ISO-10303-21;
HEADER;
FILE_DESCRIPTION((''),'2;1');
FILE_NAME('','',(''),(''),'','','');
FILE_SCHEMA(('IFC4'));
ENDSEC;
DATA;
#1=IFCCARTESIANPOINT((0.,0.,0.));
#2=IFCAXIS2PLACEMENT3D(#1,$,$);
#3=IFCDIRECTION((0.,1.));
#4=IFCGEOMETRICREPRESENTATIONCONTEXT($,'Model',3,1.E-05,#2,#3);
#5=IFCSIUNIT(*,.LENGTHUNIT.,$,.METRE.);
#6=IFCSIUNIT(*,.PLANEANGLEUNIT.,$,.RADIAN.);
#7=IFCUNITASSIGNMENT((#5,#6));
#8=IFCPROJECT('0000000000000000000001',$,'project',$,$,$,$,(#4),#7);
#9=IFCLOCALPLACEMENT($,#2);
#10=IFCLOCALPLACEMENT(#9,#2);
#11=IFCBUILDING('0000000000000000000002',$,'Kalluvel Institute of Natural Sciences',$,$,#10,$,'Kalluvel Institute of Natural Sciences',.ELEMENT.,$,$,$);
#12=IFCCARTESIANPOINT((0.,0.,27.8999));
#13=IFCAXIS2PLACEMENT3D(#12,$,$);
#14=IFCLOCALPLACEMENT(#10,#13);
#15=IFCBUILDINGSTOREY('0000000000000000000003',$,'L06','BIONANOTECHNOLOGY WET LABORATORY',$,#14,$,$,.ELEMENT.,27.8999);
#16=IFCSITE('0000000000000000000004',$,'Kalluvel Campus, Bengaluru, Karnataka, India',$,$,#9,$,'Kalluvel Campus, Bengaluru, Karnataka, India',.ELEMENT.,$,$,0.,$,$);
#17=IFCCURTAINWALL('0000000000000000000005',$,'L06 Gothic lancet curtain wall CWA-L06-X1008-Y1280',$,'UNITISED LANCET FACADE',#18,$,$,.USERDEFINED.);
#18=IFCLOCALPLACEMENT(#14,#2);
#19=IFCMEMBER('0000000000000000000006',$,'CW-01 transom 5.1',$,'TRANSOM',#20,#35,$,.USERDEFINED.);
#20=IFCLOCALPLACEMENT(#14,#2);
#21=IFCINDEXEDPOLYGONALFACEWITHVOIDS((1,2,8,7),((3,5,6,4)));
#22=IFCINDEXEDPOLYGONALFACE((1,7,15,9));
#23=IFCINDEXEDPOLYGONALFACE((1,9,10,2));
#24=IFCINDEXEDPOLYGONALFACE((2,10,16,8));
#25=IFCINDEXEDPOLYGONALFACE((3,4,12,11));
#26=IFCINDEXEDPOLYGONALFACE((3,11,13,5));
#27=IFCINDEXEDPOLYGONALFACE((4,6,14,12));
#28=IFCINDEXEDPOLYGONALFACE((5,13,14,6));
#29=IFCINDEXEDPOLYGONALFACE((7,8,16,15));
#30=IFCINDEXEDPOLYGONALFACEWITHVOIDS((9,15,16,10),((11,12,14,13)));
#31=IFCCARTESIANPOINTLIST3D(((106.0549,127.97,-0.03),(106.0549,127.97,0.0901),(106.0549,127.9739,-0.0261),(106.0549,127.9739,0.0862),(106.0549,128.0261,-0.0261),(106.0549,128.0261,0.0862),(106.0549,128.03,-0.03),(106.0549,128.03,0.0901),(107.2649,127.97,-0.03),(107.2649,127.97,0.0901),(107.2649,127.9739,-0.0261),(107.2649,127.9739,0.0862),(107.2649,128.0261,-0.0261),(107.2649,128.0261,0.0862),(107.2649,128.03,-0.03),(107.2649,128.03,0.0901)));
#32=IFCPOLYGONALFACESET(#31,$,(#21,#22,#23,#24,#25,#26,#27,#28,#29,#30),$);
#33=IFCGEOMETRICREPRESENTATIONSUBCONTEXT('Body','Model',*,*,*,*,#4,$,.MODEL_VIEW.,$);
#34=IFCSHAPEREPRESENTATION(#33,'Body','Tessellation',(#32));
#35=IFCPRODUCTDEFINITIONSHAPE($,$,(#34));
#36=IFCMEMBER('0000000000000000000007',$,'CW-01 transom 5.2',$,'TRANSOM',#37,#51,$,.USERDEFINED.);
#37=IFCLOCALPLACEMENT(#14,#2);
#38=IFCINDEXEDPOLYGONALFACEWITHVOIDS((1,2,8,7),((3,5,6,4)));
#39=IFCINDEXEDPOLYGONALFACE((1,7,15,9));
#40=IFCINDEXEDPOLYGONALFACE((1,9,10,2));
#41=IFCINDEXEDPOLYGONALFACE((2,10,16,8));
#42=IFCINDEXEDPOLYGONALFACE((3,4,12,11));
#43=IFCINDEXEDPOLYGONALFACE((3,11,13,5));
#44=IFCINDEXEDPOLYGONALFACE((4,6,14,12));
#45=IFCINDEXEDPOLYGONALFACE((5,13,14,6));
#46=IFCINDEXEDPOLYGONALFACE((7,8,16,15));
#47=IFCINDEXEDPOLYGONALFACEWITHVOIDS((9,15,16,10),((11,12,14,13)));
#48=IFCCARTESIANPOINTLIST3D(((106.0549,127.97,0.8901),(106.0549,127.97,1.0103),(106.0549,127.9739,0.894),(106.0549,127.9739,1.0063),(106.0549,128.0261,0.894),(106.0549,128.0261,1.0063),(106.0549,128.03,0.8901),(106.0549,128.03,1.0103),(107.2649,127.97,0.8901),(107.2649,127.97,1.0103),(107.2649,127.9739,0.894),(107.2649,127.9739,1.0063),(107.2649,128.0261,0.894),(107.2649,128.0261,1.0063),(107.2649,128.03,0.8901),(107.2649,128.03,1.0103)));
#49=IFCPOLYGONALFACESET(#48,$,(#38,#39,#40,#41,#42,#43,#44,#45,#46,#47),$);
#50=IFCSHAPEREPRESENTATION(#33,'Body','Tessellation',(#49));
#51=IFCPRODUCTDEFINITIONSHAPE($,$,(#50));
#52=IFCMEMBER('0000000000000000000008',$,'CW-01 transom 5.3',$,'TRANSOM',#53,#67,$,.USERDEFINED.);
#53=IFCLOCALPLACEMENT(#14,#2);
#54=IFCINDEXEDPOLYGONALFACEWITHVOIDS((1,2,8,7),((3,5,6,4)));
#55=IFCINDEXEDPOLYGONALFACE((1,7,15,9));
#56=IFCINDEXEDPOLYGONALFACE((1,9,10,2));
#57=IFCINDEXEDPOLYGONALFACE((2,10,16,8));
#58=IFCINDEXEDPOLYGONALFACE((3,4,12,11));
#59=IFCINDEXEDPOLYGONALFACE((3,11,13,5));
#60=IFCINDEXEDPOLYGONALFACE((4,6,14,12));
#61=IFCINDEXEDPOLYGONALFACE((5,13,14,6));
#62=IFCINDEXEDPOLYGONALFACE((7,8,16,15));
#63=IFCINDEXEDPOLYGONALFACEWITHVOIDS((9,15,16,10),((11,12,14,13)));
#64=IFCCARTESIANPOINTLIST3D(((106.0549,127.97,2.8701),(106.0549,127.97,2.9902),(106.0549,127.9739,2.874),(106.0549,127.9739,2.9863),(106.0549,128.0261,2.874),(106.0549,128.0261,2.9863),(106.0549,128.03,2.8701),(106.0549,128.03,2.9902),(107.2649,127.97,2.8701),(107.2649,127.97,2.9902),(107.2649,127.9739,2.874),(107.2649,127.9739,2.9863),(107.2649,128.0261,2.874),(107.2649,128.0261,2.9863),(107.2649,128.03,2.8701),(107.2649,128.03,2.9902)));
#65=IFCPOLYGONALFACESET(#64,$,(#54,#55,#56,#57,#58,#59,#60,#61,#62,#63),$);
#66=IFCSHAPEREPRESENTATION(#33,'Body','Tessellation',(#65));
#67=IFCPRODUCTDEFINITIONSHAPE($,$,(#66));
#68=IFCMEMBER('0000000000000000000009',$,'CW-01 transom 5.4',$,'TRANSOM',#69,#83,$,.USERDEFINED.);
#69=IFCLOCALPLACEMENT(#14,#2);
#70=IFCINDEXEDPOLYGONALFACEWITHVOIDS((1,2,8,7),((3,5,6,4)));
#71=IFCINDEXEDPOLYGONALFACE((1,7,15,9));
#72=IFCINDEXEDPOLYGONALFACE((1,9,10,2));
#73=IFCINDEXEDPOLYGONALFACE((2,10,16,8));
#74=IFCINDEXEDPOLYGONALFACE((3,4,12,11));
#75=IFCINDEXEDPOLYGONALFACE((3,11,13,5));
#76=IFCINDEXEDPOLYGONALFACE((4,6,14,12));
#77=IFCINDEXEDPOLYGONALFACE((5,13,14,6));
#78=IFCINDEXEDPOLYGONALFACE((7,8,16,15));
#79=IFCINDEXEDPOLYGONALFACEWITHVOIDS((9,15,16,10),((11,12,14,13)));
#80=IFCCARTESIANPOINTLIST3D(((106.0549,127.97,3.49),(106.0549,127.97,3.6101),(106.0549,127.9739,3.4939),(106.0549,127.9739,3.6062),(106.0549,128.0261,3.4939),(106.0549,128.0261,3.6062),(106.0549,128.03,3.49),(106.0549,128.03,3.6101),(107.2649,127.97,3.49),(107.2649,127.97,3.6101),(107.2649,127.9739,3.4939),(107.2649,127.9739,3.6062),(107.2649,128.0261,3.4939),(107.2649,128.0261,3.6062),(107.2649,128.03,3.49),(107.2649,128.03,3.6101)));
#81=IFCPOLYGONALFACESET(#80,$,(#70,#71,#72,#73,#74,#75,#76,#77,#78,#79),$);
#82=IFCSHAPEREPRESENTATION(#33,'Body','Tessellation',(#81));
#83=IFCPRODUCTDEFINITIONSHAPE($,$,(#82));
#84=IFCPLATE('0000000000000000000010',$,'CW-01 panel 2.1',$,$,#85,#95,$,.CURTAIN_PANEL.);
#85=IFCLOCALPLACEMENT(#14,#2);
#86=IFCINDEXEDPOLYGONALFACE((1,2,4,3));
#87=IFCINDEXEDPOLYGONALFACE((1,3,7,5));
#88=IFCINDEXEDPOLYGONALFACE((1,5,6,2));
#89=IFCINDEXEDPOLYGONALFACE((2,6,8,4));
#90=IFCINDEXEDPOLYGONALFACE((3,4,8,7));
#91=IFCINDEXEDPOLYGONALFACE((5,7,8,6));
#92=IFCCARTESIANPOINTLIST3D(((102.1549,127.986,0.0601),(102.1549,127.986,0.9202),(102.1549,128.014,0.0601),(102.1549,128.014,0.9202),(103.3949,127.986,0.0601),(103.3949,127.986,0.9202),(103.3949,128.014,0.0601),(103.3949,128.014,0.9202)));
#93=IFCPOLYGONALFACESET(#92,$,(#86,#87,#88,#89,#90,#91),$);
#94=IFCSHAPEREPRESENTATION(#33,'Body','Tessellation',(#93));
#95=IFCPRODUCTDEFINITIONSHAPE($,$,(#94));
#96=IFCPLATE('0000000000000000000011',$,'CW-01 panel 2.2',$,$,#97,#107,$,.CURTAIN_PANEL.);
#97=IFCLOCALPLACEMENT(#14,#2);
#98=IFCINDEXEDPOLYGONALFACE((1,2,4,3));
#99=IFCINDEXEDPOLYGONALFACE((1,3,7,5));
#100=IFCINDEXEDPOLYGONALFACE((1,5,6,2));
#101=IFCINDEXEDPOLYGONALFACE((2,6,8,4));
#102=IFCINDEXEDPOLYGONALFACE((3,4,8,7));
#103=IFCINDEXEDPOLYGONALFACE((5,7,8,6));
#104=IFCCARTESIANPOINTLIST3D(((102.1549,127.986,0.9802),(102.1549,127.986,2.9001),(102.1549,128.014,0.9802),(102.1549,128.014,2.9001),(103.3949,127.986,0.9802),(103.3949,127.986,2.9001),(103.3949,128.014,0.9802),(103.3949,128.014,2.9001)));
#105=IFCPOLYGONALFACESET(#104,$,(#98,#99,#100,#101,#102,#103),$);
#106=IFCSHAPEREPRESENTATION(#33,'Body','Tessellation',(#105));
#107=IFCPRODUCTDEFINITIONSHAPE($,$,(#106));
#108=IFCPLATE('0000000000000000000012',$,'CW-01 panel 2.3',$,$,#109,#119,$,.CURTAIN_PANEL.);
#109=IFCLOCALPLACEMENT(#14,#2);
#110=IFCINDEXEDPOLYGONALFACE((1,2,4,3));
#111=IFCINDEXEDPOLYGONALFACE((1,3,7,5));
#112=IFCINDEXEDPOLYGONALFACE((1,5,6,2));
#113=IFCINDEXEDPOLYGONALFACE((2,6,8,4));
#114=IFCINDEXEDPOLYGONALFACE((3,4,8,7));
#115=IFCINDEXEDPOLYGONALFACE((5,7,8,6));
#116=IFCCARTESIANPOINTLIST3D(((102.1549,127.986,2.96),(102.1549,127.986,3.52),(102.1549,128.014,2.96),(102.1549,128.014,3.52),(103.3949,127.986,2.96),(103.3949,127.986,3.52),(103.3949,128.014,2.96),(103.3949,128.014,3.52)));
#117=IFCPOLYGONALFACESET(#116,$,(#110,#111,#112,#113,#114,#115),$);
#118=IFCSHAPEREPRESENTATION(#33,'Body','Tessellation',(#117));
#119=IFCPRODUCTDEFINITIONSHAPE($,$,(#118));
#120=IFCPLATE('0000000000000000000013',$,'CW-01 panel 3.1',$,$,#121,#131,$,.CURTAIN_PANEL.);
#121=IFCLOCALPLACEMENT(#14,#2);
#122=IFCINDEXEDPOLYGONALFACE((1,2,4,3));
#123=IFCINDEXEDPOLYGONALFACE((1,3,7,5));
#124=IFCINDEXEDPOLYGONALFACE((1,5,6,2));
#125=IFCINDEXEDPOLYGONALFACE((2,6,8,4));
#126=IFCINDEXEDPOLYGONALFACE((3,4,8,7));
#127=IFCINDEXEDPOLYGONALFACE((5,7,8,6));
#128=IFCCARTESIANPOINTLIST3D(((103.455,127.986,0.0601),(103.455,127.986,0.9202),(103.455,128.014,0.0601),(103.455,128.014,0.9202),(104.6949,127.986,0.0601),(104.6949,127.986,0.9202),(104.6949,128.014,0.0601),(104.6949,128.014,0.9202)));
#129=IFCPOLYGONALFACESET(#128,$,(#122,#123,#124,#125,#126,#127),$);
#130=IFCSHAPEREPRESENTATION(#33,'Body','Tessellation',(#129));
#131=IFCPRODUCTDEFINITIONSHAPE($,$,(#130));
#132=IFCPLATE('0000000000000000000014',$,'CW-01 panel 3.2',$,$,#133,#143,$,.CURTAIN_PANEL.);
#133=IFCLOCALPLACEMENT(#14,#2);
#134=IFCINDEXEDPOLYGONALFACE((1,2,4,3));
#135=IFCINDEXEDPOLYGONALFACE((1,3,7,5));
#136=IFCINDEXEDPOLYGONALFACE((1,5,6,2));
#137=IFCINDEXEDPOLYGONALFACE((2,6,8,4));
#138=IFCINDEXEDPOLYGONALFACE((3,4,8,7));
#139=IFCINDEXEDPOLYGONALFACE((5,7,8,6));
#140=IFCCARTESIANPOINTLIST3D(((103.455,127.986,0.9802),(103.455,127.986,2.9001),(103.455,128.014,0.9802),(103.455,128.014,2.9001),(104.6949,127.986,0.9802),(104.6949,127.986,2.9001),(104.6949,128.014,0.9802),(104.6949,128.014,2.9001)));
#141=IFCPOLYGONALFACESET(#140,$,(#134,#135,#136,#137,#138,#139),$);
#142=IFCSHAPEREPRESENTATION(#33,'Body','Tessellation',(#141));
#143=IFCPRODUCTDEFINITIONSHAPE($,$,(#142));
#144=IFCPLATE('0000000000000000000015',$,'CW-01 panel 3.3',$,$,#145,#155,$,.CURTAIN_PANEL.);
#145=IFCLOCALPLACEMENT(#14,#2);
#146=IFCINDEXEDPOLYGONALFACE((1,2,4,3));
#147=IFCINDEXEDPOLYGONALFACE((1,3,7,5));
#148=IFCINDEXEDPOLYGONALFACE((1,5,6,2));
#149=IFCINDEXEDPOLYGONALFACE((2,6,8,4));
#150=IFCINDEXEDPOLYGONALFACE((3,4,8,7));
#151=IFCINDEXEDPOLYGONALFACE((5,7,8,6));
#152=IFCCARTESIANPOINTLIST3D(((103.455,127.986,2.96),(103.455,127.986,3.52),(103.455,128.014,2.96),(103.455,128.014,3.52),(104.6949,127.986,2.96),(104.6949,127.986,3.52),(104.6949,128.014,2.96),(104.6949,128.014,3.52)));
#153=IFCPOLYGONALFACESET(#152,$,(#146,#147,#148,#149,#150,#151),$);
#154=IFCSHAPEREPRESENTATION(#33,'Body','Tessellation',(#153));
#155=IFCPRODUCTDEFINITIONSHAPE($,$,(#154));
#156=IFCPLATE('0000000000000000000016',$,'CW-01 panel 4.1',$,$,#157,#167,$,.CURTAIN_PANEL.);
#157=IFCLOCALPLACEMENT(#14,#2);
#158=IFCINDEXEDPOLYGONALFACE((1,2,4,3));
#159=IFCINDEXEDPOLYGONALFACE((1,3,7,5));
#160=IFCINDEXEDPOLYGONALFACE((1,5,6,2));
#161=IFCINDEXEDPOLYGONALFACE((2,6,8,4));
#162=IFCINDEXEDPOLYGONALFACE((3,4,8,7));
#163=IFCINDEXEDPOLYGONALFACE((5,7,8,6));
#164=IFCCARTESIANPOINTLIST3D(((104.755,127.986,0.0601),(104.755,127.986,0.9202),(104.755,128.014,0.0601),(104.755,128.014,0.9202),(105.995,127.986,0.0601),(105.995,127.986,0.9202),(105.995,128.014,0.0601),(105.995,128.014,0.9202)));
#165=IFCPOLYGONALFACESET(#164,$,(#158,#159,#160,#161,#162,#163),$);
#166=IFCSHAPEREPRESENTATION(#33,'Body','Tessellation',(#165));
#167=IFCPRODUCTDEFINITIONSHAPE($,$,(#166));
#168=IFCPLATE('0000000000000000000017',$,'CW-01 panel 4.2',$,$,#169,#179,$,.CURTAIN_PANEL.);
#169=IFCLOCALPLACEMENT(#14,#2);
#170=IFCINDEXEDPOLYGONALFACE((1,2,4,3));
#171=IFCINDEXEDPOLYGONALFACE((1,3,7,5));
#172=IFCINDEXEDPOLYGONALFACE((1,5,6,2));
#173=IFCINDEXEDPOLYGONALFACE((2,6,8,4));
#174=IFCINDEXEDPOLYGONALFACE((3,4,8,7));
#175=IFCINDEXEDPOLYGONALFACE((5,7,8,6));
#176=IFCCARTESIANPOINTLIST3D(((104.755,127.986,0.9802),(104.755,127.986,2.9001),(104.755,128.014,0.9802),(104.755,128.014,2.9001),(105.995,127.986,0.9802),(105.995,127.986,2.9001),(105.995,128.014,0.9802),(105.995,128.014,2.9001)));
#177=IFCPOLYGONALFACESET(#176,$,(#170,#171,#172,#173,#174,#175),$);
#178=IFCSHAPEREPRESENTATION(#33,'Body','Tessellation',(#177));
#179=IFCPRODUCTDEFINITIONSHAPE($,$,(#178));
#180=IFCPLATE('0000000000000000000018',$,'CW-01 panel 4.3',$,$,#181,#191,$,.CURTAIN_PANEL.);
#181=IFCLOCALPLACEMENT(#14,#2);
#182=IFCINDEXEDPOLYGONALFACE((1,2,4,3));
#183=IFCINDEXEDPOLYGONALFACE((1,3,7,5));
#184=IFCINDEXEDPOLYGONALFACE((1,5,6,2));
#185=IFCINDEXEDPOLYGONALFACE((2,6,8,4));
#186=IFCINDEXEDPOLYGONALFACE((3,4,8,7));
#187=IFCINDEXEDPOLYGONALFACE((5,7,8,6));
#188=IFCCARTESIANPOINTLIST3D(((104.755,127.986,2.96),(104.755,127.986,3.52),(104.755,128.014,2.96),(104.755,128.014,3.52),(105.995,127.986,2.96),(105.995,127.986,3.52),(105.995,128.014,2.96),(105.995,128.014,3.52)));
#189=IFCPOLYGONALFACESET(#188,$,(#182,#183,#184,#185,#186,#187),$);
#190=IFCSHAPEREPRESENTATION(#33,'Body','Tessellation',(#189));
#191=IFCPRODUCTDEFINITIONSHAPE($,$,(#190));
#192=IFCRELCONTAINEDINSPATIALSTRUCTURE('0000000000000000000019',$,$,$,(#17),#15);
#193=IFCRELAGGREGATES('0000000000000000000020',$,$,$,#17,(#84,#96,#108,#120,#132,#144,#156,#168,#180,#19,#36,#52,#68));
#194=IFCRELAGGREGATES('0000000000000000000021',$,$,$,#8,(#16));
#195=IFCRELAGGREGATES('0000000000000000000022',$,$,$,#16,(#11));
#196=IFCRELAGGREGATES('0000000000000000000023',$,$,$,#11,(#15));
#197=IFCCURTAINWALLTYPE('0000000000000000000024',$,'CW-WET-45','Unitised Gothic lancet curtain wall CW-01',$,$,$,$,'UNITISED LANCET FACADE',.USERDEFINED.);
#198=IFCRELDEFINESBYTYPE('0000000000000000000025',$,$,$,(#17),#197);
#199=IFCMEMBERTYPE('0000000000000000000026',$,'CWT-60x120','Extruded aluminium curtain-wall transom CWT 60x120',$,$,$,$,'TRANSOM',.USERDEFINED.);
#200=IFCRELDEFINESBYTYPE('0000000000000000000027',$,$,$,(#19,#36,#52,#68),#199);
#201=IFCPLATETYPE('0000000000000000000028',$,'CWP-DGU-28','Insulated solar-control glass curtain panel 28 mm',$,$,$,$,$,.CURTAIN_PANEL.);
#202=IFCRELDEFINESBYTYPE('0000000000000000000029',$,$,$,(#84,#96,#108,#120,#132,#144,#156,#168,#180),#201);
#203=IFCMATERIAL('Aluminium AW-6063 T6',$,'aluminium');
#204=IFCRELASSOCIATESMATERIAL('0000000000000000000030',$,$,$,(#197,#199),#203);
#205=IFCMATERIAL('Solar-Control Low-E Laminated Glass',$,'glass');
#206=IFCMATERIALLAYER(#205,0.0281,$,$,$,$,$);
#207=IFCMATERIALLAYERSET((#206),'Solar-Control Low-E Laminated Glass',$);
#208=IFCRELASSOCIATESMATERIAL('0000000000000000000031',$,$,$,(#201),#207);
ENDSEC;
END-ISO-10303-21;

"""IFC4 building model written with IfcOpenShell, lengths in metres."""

from ifc_helpers import new_model, si_unit, direction, frame, origin, origin_2d, place, context, subcontext, project, spatial, rectangle, hollow_rectangle, extrude, material, layer, layer_set, material_profile, profile_set, type_object, element, aggregate, save


model = new_model("IFC4")

# Units and contexts
model_context = context("Model", 3, precision=1e-05, world=origin(), true_north=direction((0.0, 1.0)))
body_context = subcontext(model_context, "Body", "Model", "MODEL_VIEW")
ifc_project = project(units=[si_unit("LENGTHUNIT", "METRE"), si_unit("PLANEANGLEUNIT", "RADIAN")], contexts=[model_context])

# Site, building, storey
site_placement = place(None, origin())
site = spatial("IfcSite", under=ifc_project, at=site_placement, Name="Kalluvel Campus, Bengaluru, Karnataka, India", LongName="Kalluvel Campus, Bengaluru, Karnataka, India", CompositionType="ELEMENT", RefElevation=0.0)
building_placement = place(site_placement, origin())
building = spatial("IfcBuilding", under=site, at=building_placement, Name="Kalluvel Institute of Natural Sciences", LongName="Kalluvel Institute of Natural Sciences", CompositionType="ELEMENT")
storey_placement = place(building_placement, frame((0.0, 0.0, 27.8999)))
storey = spatial("IfcBuildingStorey", under=building, at=storey_placement, Name="L06", Description="BIONANOTECHNOLOGY WET LABORATORY", CompositionType="ELEMENT", Elevation=27.8999)

# Curtain wall, members, plates
ifc_material_1 = material(Name="Aluminium AW-6063 T6", Category="aluminium")
curtain_wall_type = type_object("IfcCurtainWallType", Name="CW-WET-45", Description="Unitised Gothic lancet curtain wall CW-01", ElementType="UNITISED LANCET FACADE", PredefinedType="USERDEFINED", material=ifc_material_1)
curtain_wall_placement = place(storey_placement, origin())
curtain_wall = element("IfcCurtainWall", 1, at=curtain_wall_placement, inside=storey, type_object=curtain_wall_type, Name="L06 Gothic lancet curtain wall CWA-L06-X1008-Y1280", ObjectType="UNITISED LANCET FACADE", PredefinedType="USERDEFINED")
ifc_material_profile_1 = material_profile(ifc_material_1, hollow_rectangle(XDim=0.0601, YDim=0.1201, WallThickness=0.0039, at=origin_2d()), Name="CWT 60x120")
ifc_profile_set_1 = profile_set([ifc_material_profile_1], Name="Aluminium AW-6063 T6")
member_type_1 = type_object("IfcMemberType", Name="CWT-60x120", Description="Extruded aluminium curtain-wall transom CWT 60x120", ElementType="TRANSOM", PredefinedType="USERDEFINED", material=ifc_profile_set_1)
member_1_placement = place(storey_placement, frame((106.0549, 128.0, 0.03), z_axis=(1.0, 0.0, 0.0), x_axis=(0.0, 1.0, 0.0)))
member_1 = element("IfcMember", 2, at=member_1_placement, type_object=member_type_1, Name="CW-01 transom 5.1", ObjectType="TRANSOM", PredefinedType="USERDEFINED", context=body_context, shape_type="SweptSolid", body=[
    extrude(hollow_rectangle(XDim=0.0601, YDim=0.1201, WallThickness=0.0039, at=origin_2d()), origin(), (0.0, 0.0, 1.0), 1.21),
])
member_2_placement = place(storey_placement, frame((106.0549, 128.0, 0.9502), z_axis=(1.0, 0.0, 0.0), x_axis=(0.0, 1.0, 0.0)))
member_2 = element("IfcMember", 3, at=member_2_placement, type_object=member_type_1, Name="CW-01 transom 5.2", ObjectType="TRANSOM", PredefinedType="USERDEFINED", context=body_context, shape_type="SweptSolid", body=[
    extrude(hollow_rectangle(XDim=0.0601, YDim=0.1201, WallThickness=0.0039, at=origin_2d()), origin(), (0.0, 0.0, 1.0), 1.21),
])
member_3_placement = place(storey_placement, frame((106.0549, 128.0, 2.9302), z_axis=(1.0, 0.0, 0.0), x_axis=(0.0, 1.0, 0.0)))
member_3 = element("IfcMember", 4, at=member_3_placement, type_object=member_type_1, Name="CW-01 transom 5.3", ObjectType="TRANSOM", PredefinedType="USERDEFINED", context=body_context, shape_type="SweptSolid", body=[
    extrude(hollow_rectangle(XDim=0.0601, YDim=0.1201, WallThickness=0.0039, at=origin_2d()), origin(), (0.0, 0.0, 1.0), 1.21),
])
member_4_placement = place(storey_placement, frame((106.0549, 128.0, 3.55), z_axis=(1.0, 0.0, 0.0), x_axis=(0.0, 1.0, 0.0)))
member_4 = element("IfcMember", 5, at=member_4_placement, type_object=member_type_1, Name="CW-01 transom 5.4", ObjectType="TRANSOM", PredefinedType="USERDEFINED", context=body_context, shape_type="SweptSolid", body=[
    extrude(hollow_rectangle(XDim=0.0601, YDim=0.1201, WallThickness=0.0039, at=origin_2d()), origin(), (0.0, 0.0, 1.0), 1.21),
])
ifc_material_2 = material(Name="Solar-Control Low-E Laminated Glass", Category="glass")
ifc_layer = layer(ifc_material_2, 0.0281)
ifc_layer_set = layer_set([ifc_layer], Name="Solar-Control Low-E Laminated Glass")
plate_type = type_object("IfcPlateType", Name="CWP-DGU-28", Description="Insulated solar-control glass curtain panel 28 mm", PredefinedType="CURTAIN_PANEL", material=ifc_layer_set)
plate_1_placement = place(storey_placement, frame((102.7749, 128.0, 0.0601), z_axis=(0.0, 0.0, 1.0), x_axis=(1.0, 0.0, 0.0)))
plate_1 = element("IfcPlate", 6, at=plate_1_placement, type_object=plate_type, Name="CW-01 panel 2.1", PredefinedType="CURTAIN_PANEL", context=body_context, shape_type="SweptSolid", body=[
    extrude(rectangle(XDim=1.24, YDim=0.0281, at=origin_2d()), origin(), (0.0, 0.0, 1.0), 0.8601),
])
plate_2_placement = place(storey_placement, frame((102.7749, 128.0, 0.9802), z_axis=(0.0, 0.0, 1.0), x_axis=(1.0, 0.0, 0.0)))
plate_2 = element("IfcPlate", 7, at=plate_2_placement, type_object=plate_type, Name="CW-01 panel 2.2", PredefinedType="CURTAIN_PANEL", context=body_context, shape_type="SweptSolid", body=[
    extrude(rectangle(XDim=1.24, YDim=0.0281, at=origin_2d()), origin(), (0.0, 0.0, 1.0), 1.9199),
])
plate_3_placement = place(storey_placement, frame((102.7749, 128.0, 2.96), z_axis=(0.0, 0.0, 1.0), x_axis=(1.0, 0.0, 0.0)))
plate_3 = element("IfcPlate", 8, at=plate_3_placement, type_object=plate_type, Name="CW-01 panel 2.3", PredefinedType="CURTAIN_PANEL", context=body_context, shape_type="SweptSolid", body=[
    extrude(rectangle(XDim=1.24, YDim=0.0281, at=origin_2d()), origin(), (0.0, 0.0, 1.0), 0.5601),
])
plate_4_placement = place(storey_placement, frame((104.075, 128.0, 0.0601), z_axis=(0.0, 0.0, 1.0), x_axis=(1.0, 0.0, 0.0)))
plate_4 = element("IfcPlate", 9, at=plate_4_placement, type_object=plate_type, Name="CW-01 panel 3.1", PredefinedType="CURTAIN_PANEL", context=body_context, shape_type="SweptSolid", body=[
    extrude(rectangle(XDim=1.24, YDim=0.0281, at=origin_2d()), origin(), (0.0, 0.0, 1.0), 0.8601),
])
plate_5_placement = place(storey_placement, frame((104.075, 128.0, 0.9802), z_axis=(0.0, 0.0, 1.0), x_axis=(1.0, 0.0, 0.0)))
plate_5 = element("IfcPlate", 10, at=plate_5_placement, type_object=plate_type, Name="CW-01 panel 3.2", PredefinedType="CURTAIN_PANEL", context=body_context, shape_type="SweptSolid", body=[
    extrude(rectangle(XDim=1.24, YDim=0.0281, at=origin_2d()), origin(), (0.0, 0.0, 1.0), 1.9199),
])
plate_6_placement = place(storey_placement, frame((104.075, 128.0, 2.96), z_axis=(0.0, 0.0, 1.0), x_axis=(1.0, 0.0, 0.0)))
plate_6 = element("IfcPlate", 11, at=plate_6_placement, type_object=plate_type, Name="CW-01 panel 3.3", PredefinedType="CURTAIN_PANEL", context=body_context, shape_type="SweptSolid", body=[
    extrude(rectangle(XDim=1.24, YDim=0.0281, at=origin_2d()), origin(), (0.0, 0.0, 1.0), 0.5601),
])
plate_7_placement = place(storey_placement, frame((105.375, 128.0, 0.0601), z_axis=(0.0, 0.0, 1.0), x_axis=(1.0, 0.0, 0.0)))
plate_7 = element("IfcPlate", 12, at=plate_7_placement, type_object=plate_type, Name="CW-01 panel 4.1", PredefinedType="CURTAIN_PANEL", context=body_context, shape_type="SweptSolid", body=[
    extrude(rectangle(XDim=1.24, YDim=0.0281, at=origin_2d()), origin(), (0.0, 0.0, 1.0), 0.8601),
])
plate_8_placement = place(storey_placement, frame((105.375, 128.0, 0.9802), z_axis=(0.0, 0.0, 1.0), x_axis=(1.0, 0.0, 0.0)))
plate_8 = element("IfcPlate", 13, at=plate_8_placement, type_object=plate_type, Name="CW-01 panel 4.2", PredefinedType="CURTAIN_PANEL", context=body_context, shape_type="SweptSolid", body=[
    extrude(rectangle(XDim=1.24, YDim=0.0281, at=origin_2d()), origin(), (0.0, 0.0, 1.0), 1.9199),
])
plate_9_placement = place(storey_placement, frame((105.375, 128.0, 2.96), z_axis=(0.0, 0.0, 1.0), x_axis=(1.0, 0.0, 0.0)))
plate_9 = element("IfcPlate", 14, at=plate_9_placement, type_object=plate_type, Name="CW-01 panel 4.3", PredefinedType="CURTAIN_PANEL", context=body_context, shape_type="SweptSolid", body=[
    extrude(rectangle(XDim=1.24, YDim=0.0281, at=origin_2d()), origin(), (0.0, 0.0, 1.0), 0.5601),
])
aggregate(curtain_wall, [plate_1, plate_2, plate_3, plate_4, plate_5, plate_6, plate_7, plate_8, plate_9, member_1, member_2, member_3, member_4])

save(model, "model.ifc")
